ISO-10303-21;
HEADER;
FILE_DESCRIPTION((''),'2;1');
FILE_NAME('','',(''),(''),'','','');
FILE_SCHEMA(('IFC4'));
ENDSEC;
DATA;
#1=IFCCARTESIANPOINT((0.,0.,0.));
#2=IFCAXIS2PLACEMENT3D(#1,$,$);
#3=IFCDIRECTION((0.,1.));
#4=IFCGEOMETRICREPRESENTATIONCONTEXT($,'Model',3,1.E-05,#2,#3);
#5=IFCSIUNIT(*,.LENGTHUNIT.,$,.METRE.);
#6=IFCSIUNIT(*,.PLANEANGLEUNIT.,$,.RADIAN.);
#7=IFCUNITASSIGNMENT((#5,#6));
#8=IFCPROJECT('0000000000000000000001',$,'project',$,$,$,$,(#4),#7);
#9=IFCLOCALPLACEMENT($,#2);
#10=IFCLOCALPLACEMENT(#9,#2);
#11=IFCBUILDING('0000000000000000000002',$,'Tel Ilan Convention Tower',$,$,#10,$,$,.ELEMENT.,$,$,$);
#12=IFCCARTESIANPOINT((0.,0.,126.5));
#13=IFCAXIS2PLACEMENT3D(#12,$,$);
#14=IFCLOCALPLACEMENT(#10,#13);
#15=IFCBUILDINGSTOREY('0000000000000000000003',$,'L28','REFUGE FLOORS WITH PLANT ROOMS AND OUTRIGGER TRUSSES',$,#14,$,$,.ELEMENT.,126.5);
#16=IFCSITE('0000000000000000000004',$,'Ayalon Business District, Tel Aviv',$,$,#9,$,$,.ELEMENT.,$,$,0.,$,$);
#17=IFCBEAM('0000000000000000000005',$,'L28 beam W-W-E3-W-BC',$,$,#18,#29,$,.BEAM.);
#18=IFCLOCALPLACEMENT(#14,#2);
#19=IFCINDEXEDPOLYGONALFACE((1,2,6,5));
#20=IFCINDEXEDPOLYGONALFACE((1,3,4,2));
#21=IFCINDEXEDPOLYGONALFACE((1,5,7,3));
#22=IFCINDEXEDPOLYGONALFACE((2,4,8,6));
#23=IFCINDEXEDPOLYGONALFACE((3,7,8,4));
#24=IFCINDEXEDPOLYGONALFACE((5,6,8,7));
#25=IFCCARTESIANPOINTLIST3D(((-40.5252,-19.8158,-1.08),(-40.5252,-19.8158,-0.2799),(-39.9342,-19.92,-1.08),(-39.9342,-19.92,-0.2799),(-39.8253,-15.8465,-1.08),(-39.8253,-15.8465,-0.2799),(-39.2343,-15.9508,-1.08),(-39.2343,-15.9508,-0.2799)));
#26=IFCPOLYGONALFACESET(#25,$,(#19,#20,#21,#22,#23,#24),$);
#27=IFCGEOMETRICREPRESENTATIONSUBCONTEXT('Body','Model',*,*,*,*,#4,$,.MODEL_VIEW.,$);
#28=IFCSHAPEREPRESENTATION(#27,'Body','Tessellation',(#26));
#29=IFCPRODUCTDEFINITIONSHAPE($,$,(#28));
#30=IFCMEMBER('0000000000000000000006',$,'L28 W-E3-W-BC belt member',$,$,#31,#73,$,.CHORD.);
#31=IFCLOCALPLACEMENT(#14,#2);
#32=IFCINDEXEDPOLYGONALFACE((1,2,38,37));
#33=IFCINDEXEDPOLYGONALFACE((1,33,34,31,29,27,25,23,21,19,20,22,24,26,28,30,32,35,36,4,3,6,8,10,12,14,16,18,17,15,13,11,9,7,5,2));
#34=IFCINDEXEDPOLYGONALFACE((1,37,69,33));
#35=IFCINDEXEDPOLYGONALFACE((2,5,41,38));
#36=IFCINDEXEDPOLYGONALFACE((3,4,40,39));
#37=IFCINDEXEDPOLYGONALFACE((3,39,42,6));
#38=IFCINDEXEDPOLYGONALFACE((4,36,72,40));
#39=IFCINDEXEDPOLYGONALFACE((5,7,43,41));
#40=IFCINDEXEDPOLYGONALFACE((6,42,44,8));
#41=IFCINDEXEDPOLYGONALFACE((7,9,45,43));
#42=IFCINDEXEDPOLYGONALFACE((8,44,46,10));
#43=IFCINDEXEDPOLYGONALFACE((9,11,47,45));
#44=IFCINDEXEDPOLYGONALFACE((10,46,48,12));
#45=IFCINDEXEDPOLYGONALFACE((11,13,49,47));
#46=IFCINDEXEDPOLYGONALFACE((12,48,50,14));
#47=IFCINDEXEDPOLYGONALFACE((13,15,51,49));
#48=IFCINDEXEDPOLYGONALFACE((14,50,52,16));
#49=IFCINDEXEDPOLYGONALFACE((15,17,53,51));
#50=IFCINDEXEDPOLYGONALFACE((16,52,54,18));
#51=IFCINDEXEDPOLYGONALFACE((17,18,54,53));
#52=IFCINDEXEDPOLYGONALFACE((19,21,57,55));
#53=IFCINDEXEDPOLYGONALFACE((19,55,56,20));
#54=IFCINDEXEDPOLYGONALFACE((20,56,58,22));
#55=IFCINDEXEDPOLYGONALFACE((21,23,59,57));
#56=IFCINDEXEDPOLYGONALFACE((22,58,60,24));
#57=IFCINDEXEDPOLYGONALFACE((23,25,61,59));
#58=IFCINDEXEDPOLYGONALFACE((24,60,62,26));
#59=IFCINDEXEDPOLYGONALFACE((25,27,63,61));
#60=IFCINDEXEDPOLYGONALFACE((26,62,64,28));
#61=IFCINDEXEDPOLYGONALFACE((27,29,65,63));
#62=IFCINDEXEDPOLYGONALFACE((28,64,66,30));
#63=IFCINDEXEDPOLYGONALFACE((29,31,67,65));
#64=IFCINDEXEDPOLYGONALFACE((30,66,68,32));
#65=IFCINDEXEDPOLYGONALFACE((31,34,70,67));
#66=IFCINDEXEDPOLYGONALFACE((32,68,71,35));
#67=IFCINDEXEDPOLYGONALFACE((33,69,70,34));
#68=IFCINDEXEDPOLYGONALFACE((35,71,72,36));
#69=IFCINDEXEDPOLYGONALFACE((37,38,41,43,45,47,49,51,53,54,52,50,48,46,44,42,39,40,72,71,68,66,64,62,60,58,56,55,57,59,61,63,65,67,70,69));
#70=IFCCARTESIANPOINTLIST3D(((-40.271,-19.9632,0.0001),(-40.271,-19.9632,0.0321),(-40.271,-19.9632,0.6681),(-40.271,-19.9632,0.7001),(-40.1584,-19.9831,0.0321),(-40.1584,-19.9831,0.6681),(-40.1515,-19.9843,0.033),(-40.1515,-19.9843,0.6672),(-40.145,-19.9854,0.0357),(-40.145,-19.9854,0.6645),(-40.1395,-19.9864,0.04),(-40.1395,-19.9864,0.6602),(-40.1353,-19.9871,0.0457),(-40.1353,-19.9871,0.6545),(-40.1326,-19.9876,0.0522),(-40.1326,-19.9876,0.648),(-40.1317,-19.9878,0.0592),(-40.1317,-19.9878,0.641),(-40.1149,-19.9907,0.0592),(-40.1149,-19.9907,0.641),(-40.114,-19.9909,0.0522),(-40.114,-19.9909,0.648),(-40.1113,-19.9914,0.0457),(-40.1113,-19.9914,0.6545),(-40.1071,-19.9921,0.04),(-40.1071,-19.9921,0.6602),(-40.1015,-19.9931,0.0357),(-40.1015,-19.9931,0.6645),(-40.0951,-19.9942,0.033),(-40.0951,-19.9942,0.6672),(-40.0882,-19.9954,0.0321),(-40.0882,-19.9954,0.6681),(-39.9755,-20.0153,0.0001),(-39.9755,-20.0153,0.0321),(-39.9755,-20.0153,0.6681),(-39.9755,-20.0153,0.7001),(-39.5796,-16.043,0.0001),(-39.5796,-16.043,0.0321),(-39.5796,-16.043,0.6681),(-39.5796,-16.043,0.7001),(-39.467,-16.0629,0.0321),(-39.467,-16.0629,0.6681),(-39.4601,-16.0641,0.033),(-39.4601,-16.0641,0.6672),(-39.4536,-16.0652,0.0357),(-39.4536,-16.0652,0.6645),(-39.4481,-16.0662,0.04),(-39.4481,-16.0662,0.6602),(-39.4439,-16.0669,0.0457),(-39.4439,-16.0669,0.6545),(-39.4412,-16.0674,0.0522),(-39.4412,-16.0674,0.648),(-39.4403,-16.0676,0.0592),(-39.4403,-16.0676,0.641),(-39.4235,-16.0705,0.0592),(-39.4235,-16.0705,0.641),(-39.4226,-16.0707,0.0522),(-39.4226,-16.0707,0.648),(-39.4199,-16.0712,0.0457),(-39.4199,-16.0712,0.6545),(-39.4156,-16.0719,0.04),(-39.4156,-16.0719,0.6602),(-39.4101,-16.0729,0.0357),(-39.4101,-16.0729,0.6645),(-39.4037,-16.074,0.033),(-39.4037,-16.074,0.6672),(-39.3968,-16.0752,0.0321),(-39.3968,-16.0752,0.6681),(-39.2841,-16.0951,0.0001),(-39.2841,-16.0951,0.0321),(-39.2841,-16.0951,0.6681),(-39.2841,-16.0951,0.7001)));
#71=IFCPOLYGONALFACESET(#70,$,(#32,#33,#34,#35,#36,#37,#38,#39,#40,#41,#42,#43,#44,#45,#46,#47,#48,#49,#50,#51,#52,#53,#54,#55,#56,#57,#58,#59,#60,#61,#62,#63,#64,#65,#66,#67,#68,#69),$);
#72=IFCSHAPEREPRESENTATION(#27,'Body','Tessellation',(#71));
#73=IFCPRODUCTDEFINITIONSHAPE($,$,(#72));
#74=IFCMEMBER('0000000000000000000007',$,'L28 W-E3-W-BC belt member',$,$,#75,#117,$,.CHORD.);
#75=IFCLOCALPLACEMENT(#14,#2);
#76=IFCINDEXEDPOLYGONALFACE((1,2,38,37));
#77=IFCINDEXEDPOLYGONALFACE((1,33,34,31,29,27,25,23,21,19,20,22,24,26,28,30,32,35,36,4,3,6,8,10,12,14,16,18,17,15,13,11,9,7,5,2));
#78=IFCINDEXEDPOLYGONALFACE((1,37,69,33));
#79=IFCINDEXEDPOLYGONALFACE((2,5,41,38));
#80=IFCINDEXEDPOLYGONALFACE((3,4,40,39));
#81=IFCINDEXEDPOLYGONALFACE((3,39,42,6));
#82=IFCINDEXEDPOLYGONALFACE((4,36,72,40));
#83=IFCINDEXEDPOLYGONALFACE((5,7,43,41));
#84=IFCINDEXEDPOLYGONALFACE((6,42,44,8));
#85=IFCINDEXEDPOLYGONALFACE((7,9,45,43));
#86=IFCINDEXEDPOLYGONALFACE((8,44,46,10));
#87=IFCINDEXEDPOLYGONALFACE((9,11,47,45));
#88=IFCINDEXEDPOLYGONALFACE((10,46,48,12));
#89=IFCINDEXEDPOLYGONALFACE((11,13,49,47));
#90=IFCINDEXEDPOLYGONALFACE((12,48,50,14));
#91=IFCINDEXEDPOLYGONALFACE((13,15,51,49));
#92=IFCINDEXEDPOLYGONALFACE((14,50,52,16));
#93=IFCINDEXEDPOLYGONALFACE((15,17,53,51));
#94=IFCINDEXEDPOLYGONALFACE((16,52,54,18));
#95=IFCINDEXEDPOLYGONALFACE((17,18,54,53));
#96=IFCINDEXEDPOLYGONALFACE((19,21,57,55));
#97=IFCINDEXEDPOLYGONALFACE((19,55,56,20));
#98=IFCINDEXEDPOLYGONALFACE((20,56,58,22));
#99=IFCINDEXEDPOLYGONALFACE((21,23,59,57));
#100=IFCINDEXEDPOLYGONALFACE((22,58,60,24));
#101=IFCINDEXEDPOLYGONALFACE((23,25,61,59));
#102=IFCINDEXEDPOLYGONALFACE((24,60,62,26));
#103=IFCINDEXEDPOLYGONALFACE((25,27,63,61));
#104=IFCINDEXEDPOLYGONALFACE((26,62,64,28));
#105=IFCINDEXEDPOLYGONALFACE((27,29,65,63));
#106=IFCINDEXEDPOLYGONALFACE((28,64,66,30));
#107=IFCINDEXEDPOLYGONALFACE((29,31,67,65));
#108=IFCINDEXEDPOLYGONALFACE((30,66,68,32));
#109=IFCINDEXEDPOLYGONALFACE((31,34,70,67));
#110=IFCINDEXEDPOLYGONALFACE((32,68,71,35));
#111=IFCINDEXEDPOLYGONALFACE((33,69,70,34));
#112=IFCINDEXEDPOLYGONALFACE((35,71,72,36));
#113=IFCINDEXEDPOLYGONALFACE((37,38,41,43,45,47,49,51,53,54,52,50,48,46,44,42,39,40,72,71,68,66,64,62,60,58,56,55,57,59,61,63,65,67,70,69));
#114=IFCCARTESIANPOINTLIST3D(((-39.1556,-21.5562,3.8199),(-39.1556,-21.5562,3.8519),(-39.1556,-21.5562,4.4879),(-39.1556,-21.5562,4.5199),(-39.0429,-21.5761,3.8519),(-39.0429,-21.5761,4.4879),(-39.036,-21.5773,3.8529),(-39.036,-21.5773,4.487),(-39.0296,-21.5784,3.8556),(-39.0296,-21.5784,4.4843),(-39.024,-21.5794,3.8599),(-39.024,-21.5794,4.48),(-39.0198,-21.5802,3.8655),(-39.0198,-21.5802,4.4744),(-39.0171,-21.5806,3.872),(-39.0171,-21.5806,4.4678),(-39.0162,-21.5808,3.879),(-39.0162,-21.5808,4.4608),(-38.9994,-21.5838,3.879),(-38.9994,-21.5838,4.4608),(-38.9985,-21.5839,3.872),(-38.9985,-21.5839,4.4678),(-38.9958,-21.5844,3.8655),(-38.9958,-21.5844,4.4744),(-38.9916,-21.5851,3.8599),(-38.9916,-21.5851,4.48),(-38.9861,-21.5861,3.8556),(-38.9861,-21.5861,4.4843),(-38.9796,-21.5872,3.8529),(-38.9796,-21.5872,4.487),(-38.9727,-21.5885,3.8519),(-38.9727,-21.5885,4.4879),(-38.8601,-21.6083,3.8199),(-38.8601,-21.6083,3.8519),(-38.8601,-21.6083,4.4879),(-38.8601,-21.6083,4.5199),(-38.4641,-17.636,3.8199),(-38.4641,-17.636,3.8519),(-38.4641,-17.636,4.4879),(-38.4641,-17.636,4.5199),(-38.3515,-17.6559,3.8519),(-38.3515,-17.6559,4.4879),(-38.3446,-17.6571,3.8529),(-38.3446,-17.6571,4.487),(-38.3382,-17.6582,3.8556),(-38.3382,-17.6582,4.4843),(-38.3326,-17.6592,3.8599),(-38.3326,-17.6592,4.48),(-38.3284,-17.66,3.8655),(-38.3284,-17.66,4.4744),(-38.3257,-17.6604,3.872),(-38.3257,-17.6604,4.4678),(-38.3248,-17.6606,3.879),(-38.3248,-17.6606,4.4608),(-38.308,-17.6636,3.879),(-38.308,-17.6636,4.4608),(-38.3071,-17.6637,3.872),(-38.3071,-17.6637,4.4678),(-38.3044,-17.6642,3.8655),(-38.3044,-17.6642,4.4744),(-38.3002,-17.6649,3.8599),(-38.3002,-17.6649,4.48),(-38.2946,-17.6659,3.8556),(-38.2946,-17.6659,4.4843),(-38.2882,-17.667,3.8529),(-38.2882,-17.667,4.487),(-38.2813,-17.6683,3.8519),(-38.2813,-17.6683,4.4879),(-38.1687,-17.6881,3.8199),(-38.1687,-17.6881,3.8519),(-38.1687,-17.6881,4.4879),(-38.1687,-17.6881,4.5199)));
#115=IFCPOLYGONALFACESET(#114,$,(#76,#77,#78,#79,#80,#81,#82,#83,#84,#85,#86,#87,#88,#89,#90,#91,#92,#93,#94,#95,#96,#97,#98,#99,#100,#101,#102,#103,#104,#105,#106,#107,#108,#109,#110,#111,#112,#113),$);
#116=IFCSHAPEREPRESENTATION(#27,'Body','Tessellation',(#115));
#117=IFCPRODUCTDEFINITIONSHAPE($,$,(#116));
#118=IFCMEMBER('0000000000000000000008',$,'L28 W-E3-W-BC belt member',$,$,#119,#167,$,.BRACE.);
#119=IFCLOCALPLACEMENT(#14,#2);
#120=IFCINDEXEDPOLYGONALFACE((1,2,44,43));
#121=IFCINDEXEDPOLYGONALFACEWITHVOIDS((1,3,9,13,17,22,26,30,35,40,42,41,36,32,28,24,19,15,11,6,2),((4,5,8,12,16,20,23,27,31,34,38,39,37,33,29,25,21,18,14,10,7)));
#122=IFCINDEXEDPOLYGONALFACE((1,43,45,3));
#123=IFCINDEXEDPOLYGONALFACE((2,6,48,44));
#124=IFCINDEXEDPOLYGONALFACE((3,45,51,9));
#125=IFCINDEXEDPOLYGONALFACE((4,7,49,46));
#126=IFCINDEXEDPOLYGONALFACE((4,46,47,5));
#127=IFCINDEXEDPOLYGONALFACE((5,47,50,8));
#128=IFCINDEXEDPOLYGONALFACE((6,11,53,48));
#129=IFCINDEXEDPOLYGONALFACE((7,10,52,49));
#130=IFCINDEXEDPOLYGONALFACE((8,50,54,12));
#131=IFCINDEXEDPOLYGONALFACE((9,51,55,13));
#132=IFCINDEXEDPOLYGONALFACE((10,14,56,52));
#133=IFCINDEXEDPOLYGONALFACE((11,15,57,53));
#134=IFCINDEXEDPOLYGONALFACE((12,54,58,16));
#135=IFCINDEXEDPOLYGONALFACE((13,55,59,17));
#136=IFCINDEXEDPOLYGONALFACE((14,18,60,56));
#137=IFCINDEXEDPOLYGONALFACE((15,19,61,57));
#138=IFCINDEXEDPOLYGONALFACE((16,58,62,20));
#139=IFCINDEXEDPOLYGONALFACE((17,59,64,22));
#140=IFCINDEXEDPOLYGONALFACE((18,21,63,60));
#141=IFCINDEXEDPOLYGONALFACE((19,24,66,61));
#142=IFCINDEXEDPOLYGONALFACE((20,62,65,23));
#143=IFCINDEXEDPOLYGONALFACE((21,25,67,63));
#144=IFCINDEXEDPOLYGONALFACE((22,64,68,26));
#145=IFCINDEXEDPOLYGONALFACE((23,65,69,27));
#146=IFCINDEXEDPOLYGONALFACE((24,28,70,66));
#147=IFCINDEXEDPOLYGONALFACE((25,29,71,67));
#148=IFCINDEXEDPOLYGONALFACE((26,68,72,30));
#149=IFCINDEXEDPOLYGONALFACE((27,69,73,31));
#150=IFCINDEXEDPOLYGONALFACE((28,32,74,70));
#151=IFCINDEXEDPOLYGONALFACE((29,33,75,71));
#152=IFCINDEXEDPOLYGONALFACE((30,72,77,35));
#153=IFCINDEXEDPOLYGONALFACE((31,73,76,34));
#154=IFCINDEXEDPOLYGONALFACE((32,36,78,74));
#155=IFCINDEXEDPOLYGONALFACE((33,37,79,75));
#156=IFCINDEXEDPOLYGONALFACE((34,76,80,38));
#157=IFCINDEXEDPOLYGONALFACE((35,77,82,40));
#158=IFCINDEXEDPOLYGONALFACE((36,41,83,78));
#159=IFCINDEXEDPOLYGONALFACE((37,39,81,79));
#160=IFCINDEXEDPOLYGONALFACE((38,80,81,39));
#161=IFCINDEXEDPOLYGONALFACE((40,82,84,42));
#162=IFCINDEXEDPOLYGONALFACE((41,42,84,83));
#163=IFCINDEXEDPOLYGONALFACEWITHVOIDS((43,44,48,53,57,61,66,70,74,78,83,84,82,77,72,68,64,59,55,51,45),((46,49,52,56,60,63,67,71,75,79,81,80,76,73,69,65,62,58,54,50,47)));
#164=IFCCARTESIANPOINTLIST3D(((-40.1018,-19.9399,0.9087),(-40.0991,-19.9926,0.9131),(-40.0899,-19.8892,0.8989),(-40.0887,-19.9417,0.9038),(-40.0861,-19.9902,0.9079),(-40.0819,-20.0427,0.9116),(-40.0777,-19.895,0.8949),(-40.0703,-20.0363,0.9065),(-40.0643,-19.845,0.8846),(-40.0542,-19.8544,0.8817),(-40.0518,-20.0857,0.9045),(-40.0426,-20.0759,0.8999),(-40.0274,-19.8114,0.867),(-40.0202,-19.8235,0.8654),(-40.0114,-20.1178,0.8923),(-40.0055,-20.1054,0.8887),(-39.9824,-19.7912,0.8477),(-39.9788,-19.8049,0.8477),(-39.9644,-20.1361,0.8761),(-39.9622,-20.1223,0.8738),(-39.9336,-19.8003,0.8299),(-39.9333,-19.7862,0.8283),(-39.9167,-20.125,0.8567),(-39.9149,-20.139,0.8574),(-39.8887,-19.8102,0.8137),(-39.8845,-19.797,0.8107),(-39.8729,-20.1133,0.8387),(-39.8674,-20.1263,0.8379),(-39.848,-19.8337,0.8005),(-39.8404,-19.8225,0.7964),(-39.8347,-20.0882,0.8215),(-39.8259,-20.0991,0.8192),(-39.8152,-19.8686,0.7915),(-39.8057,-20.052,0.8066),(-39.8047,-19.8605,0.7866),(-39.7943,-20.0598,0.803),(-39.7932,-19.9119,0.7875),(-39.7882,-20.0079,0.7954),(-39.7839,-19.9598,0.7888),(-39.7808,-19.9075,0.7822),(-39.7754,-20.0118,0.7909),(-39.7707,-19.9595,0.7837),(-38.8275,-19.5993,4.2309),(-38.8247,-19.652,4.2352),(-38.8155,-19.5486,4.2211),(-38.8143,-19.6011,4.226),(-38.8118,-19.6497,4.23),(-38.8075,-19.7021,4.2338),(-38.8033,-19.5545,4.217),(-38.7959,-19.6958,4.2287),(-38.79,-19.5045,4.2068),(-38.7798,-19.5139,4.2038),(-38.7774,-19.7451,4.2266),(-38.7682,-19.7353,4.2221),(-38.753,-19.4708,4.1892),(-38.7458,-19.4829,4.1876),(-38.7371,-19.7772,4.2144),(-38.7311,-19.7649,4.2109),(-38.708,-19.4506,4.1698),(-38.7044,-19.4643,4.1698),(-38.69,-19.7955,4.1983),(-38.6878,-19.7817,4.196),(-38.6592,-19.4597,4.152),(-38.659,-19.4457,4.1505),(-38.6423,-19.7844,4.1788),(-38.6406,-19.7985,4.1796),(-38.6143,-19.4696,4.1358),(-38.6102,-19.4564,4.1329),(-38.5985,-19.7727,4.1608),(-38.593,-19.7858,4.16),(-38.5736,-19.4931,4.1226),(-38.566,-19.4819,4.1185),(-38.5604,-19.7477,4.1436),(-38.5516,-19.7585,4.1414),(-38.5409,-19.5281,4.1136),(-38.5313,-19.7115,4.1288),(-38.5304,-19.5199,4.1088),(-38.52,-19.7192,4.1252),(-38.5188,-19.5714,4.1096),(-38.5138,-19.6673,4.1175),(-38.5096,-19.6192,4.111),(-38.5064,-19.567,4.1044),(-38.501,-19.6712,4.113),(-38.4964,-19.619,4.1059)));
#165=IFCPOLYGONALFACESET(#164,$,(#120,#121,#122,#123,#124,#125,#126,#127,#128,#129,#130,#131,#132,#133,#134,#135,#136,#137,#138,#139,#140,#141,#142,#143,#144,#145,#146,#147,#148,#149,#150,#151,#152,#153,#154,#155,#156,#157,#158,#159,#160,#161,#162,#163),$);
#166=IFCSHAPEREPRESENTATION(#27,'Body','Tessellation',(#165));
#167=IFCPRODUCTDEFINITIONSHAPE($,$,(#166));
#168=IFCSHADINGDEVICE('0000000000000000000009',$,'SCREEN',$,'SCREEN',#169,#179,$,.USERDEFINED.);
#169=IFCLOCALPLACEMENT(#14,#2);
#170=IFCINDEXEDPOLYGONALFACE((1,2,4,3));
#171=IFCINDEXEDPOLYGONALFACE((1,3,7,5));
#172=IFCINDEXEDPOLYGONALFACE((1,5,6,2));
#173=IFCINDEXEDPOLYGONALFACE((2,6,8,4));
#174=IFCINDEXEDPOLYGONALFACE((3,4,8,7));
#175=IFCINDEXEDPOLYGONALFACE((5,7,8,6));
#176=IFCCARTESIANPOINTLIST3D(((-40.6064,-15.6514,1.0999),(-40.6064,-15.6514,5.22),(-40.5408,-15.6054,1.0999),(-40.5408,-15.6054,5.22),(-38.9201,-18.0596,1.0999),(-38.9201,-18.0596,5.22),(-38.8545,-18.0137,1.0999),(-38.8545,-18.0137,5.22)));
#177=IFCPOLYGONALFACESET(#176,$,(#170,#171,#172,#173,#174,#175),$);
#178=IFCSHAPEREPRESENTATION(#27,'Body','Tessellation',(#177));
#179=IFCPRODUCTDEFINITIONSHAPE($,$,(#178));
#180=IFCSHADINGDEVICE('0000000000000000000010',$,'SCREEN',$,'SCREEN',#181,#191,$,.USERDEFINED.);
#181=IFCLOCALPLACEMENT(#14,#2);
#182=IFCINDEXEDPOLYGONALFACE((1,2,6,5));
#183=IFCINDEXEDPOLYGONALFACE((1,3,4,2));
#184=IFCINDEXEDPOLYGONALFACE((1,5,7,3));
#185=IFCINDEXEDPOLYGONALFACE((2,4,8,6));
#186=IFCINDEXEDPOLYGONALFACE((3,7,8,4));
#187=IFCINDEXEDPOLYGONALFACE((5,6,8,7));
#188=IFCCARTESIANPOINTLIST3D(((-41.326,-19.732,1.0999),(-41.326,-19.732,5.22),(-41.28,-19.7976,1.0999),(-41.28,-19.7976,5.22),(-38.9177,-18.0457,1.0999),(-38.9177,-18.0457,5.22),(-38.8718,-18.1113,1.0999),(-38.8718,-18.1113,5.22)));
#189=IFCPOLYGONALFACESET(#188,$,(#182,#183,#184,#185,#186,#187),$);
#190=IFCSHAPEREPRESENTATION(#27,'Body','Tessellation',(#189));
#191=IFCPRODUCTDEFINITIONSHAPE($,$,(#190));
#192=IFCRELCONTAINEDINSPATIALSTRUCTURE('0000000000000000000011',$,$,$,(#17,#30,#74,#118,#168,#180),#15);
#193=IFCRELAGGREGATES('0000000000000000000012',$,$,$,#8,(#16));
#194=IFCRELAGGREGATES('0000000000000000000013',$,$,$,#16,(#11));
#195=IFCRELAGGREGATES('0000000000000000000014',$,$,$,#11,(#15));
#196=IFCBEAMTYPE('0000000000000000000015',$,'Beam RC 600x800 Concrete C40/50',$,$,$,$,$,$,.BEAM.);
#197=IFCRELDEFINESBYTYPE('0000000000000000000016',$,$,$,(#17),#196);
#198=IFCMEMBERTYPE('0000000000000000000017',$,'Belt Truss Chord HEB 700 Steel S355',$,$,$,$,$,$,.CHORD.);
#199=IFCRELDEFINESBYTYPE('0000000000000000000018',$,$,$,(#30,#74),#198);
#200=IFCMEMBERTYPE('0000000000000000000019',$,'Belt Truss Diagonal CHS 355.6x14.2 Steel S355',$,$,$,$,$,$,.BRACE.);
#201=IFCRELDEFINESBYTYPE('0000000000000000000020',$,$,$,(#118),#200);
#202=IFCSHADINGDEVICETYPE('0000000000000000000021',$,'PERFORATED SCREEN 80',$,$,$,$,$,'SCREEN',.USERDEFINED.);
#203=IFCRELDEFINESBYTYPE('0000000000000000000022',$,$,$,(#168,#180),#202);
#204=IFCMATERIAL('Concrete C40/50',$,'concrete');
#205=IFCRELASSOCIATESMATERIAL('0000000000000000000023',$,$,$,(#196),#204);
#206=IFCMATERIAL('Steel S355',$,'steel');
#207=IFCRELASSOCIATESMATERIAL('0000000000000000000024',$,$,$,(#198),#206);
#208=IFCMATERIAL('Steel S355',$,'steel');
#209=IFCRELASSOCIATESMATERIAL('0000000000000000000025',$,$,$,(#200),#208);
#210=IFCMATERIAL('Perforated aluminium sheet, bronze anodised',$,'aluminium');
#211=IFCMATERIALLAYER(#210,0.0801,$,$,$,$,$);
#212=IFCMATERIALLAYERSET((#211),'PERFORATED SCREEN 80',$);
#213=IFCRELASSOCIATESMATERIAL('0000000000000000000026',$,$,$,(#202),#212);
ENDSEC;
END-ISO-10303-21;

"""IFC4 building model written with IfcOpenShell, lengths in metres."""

from ifc_helpers import new_model, si_unit, direction, frame, origin, origin_2d, place, context, subcontext, project, spatial, rectangle, hollow_circle, i_section, extrude, material, layer, layer_set, material_profile, profile_set, type_object, element, save


model = new_model("IFC4")

# Units and contexts
model_context = context("Model", 3, precision=1e-05, world=origin(), true_north=direction((0.0, 1.0)))
body_context = subcontext(model_context, "Body", "Model", "MODEL_VIEW")
ifc_project = project(units=[si_unit("LENGTHUNIT", "METRE"), si_unit("PLANEANGLEUNIT", "RADIAN")], contexts=[model_context])

# Site, building, storey
site_placement = place(None, origin())
site = spatial("IfcSite", under=ifc_project, at=site_placement, Name="Ayalon Business District, Tel Aviv", CompositionType="ELEMENT", RefElevation=0.0)
building_placement = place(site_placement, origin())
building = spatial("IfcBuilding", under=site, at=building_placement, Name="Tel Ilan Convention Tower", CompositionType="ELEMENT")
storey_placement = place(building_placement, frame((0.0, 0.0, 126.5)))
storey = spatial("IfcBuildingStorey", under=building, at=storey_placement, Name="L28", Description="REFUGE FLOORS WITH PLANT ROOMS AND OUTRIGGER TRUSSES", CompositionType="ELEMENT", Elevation=126.5)

# Beam
ifc_material_1 = material(Name="Concrete C40/50", Category="concrete")
ifc_material_profile_1 = material_profile(ifc_material_1, rectangle(XDim=0.6001, YDim=0.8, at=origin_2d()), Name="RC 600x800")
ifc_profile_set_1 = profile_set([ifc_material_profile_1], Name="Concrete C40/50")
beam_type = type_object("IfcBeamType", Name="Beam RC 600x800 Concrete C40/50", PredefinedType="BEAM", material=ifc_profile_set_1)
beam_placement = place(storey_placement, frame((-40.2297, -19.8679, -0.6799), z_axis=(0.173664, 0.984805, 0.0), x_axis=(-0.984805, 0.173664, 0.0)))
element("IfcBeam", 1, at=beam_placement, inside=storey, type_object=beam_type, Name="L28 beam W-W-E3-W-BC", PredefinedType="BEAM", context=body_context, shape_type="SweptSolid", body=[
    extrude(rectangle(XDim=0.6001, YDim=0.8, at=origin_2d()), origin(), (0.0, 0.0, 1.0), 4.0305),
])

# Members
ifc_material_2 = material(Name="Steel S355", Category="steel")
ifc_material_profile_2 = material_profile(ifc_material_2, i_section(OverallWidth=0.3, OverallDepth=0.7, WebThickness=0.0171, FlangeThickness=0.032, FilletRadius=0.0271, at=origin_2d()), Name="HEB 700")
ifc_profile_set_2 = profile_set([ifc_material_profile_2], Name="Steel S355")
member_type_1 = type_object("IfcMemberType", Name="Belt Truss Chord HEB 700 Steel S355", PredefinedType="CHORD", material=ifc_profile_set_2)
for number, where, z_axis, x_axis, name in (
    (2, (-40.1233, -19.9893, 0.3501), (0.173691, 0.9848, 0.0), (-0.9848, 0.173691, 0.0), "L28 W-E3-W-BC belt member"),
    (3, (-39.0078, -21.5823, 4.1699), (0.173691, 0.9848, 0.0), (-0.9848, 0.173691, 0.0), "L28 W-E3-W-BC belt member"),
):
    element("IfcMember", number, at=place(storey_placement, frame(where, z_axis=z_axis, x_axis=x_axis)), inside=storey, type_object=member_type_1, Name=name, PredefinedType="CHORD", context=body_context, shape_type="SweptSolid", body=[
        extrude(i_section(OverallWidth=0.3, OverallDepth=0.7, WebThickness=0.0171, FlangeThickness=0.032, FilletRadius=0.0271, at=origin_2d()), origin(), (0.0, 0.0, 1.0), 3.9807),
    ])
ifc_material_3 = material(Name="Steel S355", Category="steel")
ifc_material_profile_3 = material_profile(ifc_material_3, hollow_circle(Radius=0.1777, WallThickness=0.0142, at=origin_2d()), Name="CHS 355.6x14.2")
ifc_profile_set_3 = profile_set([ifc_material_profile_3], Name="Steel S355")
member_type_2 = type_object("IfcMemberType", Name="Belt Truss Diagonal CHS 355.6x14.2 Steel S355", PredefinedType="BRACE", material=ifc_profile_set_3)
member_placement = place(storey_placement, frame((-39.9365, -19.9629, 0.8477), z_axis=(0.356522, 0.095277, 0.929416), x_axis=(-0.258181, 0.966097, 0.0)))
element("IfcMember", 4, at=member_placement, inside=storey, type_object=member_type_2, Name="L28 W-E3-W-BC belt member", PredefinedType="BRACE", context=body_context, shape_type="SweptSolid", body=[
    extrude(hollow_circle(Radius=0.1777, WallThickness=0.0142, at=origin_2d()), origin(), (0.0, 0.0, 1.0), 3.5745),
])

# Shading devices
ifc_material_4 = material(Name="Perforated aluminium sheet, bronze anodised", Category="aluminium")
ifc_layer_1 = layer(ifc_material_4, 0.0801)
ifc_layer_set_1 = layer_set([ifc_layer_1], Name="PERFORATED SCREEN 80")
shading_device_type_1 = type_object("IfcShadingDeviceType", Name="PERFORATED SCREEN 80", ElementType="SCREEN", PredefinedType="USERDEFINED", material=ifc_layer_set_1)
for number, where, z_axis, x_axis, name in (
    (5, (-39.7305, -16.8325, 1.0999), (0.0, 0.0, 1.0), (0.573576, -0.819152, 0.0), "SCREEN"),
    (6, (-40.0989, -18.9216, 1.0999), (0.0, 0.0, 1.0), (-0.819152, -0.573576, 0.0), "SCREEN"),
):
    element("IfcShadingDevice", number, at=place(storey_placement, frame(where, z_axis=z_axis, x_axis=x_axis)), inside=storey, type_object=shading_device_type_1, Name=name, ObjectType="SCREEN", PredefinedType="USERDEFINED", context=body_context, shape_type="SweptSolid", body=[
        extrude(rectangle(XDim=2.9399, YDim=0.0801, at=origin_2d()), origin(), (0.0, 0.0, 1.0), 4.1201),
    ])

save(model, "model.ifc")
